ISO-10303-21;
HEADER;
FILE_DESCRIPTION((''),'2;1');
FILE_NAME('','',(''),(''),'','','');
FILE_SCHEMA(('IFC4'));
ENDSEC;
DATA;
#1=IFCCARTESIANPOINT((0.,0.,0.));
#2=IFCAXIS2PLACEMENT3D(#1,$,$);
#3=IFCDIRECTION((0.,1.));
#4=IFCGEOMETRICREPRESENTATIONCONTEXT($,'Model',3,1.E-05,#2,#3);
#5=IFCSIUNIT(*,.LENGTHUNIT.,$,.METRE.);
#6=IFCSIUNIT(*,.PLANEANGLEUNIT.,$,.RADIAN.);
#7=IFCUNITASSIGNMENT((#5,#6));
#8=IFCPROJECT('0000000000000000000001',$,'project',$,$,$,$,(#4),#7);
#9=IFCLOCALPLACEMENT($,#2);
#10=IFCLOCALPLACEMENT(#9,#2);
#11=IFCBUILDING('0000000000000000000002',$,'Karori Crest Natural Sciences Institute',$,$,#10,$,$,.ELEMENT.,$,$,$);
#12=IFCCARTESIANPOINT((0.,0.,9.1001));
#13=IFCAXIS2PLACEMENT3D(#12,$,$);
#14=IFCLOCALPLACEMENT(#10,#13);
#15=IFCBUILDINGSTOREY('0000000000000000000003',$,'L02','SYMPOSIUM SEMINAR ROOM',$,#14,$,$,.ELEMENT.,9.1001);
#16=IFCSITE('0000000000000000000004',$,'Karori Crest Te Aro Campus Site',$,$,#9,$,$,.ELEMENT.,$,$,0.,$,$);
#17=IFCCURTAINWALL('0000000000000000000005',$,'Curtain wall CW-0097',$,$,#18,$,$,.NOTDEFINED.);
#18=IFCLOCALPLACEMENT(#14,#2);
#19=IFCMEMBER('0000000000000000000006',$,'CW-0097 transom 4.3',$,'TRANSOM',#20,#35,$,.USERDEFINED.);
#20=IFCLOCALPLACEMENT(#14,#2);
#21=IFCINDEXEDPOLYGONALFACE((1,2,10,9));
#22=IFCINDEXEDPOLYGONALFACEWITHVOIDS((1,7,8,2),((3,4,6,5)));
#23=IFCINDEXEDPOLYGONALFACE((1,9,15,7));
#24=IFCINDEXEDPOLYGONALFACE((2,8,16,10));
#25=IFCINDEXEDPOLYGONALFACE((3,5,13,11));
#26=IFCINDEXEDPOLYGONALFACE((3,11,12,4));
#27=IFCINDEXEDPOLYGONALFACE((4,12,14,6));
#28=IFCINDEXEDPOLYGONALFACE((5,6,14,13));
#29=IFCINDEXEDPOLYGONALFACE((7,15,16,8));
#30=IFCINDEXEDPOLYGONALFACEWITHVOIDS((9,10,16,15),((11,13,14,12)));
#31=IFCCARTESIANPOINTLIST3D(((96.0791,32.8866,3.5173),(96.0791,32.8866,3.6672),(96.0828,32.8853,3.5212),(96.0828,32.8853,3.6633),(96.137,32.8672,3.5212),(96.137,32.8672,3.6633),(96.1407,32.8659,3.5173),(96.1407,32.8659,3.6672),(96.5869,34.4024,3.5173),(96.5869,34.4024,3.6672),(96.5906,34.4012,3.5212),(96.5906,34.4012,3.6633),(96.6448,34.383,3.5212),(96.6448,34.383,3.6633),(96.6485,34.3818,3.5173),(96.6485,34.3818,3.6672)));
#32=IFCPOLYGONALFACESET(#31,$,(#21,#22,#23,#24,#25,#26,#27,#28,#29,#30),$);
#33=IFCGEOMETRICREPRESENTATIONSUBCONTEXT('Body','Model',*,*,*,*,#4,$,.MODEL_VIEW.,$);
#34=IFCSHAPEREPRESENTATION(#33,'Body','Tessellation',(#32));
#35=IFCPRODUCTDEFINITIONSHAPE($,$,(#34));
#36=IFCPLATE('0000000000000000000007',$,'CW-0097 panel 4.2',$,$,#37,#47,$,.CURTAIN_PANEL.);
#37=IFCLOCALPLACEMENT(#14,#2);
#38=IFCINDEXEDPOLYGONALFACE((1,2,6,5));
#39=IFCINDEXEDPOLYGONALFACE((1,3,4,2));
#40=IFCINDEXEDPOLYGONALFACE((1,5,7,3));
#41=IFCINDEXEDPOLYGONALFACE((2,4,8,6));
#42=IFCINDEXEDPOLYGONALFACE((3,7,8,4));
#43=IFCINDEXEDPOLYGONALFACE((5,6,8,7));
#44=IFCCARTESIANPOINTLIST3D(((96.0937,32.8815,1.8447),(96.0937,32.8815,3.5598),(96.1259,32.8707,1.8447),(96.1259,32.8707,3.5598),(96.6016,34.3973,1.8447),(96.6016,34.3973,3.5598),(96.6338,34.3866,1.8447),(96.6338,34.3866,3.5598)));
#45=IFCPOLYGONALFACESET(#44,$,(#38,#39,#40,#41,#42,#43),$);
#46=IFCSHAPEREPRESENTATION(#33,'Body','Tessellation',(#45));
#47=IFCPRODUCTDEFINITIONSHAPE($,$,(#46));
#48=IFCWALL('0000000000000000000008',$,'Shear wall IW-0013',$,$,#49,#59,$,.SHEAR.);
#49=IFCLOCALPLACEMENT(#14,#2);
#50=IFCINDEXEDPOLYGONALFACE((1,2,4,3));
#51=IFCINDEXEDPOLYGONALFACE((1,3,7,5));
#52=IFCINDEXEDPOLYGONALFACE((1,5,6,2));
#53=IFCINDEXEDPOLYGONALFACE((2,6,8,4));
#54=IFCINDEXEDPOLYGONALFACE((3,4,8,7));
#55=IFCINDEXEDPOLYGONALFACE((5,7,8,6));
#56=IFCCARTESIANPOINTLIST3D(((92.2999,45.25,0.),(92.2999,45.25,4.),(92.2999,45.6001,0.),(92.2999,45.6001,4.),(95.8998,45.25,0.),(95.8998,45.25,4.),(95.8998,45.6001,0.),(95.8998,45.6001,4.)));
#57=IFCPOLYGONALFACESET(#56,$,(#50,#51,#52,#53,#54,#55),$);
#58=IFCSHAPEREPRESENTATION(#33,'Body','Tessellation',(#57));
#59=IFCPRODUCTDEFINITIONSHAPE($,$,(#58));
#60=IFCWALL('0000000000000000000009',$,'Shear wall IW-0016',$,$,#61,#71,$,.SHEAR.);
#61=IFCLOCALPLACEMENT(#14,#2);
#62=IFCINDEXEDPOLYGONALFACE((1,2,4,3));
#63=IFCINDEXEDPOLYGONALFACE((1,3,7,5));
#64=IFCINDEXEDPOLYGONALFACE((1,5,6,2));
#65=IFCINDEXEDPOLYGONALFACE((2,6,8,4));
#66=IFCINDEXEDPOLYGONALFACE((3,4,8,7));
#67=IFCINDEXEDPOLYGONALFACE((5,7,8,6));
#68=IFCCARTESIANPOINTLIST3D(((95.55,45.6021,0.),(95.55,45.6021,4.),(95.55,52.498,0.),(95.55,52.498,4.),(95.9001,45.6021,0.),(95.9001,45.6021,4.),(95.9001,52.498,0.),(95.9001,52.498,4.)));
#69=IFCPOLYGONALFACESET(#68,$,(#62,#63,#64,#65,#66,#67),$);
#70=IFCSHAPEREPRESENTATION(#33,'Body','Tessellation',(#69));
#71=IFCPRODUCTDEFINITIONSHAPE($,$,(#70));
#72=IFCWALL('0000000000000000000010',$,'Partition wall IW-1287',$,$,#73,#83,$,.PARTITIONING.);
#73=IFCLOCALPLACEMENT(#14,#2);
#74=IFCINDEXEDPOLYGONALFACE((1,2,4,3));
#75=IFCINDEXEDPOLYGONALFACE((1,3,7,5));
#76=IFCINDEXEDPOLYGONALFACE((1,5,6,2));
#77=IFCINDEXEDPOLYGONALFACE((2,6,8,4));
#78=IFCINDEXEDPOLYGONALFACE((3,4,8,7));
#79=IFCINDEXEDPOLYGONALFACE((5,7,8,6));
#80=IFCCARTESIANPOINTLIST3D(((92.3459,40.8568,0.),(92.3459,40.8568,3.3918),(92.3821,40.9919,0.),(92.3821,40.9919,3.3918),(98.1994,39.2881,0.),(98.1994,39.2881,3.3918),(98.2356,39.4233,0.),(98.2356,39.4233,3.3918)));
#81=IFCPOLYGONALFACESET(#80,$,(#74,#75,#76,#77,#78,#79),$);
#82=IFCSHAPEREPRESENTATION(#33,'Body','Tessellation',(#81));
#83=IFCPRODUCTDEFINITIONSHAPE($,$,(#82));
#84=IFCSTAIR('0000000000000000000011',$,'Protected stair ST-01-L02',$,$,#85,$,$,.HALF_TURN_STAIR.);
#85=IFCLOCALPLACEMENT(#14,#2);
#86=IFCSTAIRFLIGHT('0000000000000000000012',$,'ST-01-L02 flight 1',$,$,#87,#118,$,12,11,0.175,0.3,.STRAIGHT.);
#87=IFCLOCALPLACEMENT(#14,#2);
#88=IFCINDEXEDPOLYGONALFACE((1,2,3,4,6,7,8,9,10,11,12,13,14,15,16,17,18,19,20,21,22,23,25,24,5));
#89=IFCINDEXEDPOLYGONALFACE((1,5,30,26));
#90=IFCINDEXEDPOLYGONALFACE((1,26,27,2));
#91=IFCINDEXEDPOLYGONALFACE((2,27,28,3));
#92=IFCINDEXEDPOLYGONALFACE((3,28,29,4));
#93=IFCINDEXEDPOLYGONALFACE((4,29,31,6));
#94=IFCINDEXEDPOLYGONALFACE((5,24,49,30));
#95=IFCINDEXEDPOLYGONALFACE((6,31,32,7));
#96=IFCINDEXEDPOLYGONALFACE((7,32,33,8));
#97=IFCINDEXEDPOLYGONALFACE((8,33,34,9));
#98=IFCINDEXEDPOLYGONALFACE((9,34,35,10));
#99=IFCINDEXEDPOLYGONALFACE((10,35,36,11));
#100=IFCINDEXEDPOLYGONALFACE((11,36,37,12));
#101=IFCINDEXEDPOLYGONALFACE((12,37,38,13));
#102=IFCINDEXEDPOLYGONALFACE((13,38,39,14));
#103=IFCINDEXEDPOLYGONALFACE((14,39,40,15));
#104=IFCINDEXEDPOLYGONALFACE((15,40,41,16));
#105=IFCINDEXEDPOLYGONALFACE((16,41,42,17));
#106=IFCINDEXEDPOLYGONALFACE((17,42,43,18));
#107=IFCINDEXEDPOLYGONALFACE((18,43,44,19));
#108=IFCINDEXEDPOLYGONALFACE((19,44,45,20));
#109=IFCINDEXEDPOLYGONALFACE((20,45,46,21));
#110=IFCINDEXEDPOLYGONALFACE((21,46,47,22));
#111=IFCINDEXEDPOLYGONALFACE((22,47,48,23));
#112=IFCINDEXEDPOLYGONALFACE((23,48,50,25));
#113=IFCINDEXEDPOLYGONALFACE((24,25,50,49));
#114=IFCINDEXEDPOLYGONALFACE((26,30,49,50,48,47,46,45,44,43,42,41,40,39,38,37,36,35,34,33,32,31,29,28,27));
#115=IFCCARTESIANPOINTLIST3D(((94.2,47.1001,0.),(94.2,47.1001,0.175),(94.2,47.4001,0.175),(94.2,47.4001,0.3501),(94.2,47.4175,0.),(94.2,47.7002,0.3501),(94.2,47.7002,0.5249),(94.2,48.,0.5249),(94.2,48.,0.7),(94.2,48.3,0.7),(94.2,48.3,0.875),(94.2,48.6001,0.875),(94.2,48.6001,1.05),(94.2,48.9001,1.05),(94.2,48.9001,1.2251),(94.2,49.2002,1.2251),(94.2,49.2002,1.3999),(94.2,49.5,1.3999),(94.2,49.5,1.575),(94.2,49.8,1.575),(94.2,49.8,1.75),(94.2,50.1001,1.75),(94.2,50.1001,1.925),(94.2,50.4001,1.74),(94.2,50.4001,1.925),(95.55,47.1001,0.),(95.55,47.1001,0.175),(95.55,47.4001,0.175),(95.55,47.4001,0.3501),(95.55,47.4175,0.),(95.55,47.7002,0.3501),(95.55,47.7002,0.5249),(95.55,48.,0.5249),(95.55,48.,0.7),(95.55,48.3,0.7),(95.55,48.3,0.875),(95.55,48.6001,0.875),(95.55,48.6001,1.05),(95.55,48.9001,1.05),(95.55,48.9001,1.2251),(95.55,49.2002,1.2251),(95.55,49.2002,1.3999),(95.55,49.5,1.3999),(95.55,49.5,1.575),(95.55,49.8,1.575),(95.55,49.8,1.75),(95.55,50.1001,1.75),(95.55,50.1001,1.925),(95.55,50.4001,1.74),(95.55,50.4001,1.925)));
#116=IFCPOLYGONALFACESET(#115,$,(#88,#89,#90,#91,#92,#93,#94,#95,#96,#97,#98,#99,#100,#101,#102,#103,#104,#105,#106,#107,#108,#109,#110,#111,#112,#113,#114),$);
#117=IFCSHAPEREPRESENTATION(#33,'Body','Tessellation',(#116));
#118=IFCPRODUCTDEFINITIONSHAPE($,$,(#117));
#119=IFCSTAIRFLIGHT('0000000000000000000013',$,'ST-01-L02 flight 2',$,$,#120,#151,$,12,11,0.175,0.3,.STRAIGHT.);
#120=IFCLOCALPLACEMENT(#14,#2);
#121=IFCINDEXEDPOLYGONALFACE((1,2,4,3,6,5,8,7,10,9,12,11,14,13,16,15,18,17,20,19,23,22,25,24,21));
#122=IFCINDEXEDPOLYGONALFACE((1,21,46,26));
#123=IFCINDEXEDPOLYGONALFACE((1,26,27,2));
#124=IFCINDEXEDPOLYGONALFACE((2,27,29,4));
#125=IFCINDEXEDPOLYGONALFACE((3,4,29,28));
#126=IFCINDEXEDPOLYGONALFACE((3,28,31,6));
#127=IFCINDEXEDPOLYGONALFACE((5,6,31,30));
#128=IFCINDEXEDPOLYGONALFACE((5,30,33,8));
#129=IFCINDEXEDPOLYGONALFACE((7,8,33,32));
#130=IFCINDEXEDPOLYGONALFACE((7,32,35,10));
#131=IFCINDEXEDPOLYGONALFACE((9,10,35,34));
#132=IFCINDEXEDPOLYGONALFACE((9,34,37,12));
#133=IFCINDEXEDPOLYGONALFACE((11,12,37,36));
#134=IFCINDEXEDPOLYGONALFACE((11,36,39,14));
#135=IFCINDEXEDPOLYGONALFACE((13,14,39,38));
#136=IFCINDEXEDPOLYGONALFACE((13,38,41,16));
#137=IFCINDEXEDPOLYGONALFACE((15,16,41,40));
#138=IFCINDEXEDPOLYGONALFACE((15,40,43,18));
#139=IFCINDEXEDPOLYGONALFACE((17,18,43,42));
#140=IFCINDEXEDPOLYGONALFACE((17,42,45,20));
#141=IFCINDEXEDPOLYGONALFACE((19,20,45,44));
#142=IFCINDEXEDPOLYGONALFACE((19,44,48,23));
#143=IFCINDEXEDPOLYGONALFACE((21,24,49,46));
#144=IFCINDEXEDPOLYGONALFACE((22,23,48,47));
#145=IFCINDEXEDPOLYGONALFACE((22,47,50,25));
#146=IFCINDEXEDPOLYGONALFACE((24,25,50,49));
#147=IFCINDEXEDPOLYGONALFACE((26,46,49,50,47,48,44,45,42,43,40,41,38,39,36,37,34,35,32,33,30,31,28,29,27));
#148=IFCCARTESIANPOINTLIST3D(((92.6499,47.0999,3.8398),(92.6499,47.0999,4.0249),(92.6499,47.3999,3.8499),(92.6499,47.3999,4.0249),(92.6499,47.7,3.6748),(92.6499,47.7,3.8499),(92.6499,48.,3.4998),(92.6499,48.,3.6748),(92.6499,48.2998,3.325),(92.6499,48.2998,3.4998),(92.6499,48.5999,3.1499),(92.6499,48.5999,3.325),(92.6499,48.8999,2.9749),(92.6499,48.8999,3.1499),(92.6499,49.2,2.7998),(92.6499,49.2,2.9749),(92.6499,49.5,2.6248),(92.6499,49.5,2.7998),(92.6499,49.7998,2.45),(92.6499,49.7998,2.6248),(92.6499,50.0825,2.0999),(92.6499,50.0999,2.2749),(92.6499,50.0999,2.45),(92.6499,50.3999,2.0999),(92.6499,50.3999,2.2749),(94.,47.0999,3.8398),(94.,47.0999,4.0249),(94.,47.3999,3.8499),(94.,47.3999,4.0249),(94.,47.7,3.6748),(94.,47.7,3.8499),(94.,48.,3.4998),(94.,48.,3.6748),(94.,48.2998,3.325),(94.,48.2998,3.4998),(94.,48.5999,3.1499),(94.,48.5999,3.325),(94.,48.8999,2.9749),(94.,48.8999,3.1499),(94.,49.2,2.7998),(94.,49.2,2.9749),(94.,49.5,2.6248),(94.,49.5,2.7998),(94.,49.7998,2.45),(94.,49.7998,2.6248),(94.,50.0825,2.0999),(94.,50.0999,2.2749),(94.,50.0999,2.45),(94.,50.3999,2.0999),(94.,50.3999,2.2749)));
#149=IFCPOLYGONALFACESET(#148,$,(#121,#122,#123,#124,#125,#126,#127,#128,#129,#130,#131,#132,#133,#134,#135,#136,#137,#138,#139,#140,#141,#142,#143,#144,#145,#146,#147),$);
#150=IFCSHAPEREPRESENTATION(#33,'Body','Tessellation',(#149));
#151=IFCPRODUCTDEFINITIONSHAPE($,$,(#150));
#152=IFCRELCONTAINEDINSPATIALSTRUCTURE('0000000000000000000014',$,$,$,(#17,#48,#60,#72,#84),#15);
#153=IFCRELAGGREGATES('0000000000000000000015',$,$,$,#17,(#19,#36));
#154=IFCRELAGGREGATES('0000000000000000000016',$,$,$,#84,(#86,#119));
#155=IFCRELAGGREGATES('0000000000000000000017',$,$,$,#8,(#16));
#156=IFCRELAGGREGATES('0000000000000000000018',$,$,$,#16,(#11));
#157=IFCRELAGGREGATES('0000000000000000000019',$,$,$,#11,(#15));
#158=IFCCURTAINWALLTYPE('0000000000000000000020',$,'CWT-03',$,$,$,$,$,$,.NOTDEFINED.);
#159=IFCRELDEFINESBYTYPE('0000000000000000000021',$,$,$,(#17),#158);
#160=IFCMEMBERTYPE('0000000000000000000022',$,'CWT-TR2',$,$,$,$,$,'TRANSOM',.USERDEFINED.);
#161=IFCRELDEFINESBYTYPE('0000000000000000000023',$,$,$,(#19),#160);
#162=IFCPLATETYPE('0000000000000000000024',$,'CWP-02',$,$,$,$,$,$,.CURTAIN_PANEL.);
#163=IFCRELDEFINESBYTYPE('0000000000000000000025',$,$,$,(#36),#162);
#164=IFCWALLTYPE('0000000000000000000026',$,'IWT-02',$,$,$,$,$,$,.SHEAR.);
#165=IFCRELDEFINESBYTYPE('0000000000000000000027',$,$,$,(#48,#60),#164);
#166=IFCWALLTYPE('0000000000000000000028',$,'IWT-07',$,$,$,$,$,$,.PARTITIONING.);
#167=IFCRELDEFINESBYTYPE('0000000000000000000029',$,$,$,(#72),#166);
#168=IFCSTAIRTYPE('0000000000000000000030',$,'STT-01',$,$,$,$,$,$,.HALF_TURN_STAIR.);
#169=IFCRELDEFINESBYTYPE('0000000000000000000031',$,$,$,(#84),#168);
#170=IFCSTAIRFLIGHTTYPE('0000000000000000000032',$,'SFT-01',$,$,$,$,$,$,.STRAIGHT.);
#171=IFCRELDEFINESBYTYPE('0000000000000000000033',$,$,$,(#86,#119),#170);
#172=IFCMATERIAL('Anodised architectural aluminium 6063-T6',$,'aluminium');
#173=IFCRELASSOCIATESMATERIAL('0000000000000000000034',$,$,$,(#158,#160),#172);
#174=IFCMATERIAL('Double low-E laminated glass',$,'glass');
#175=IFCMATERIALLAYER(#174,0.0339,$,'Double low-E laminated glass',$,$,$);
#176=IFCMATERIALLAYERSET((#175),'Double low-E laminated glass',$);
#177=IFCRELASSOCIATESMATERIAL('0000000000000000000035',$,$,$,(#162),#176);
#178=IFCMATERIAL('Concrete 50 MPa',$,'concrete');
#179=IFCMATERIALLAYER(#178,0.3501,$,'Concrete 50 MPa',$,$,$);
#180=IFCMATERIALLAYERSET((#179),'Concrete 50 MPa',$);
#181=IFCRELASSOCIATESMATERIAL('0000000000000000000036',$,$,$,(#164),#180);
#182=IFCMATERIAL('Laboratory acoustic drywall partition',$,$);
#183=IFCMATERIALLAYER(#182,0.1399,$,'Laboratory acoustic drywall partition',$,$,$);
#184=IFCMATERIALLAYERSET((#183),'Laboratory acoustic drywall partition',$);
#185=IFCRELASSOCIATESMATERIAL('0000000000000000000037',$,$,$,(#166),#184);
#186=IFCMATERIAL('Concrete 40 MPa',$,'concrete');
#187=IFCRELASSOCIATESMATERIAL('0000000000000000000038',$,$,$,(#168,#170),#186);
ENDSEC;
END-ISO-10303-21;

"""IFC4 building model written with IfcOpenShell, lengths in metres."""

from ifc_helpers import new_model, si_unit, direction, frame, frame_2d, origin, origin_2d, place, context, subcontext, project, spatial, polyline, rectangle, hollow_rectangle, outline, extrude, material, layer, layer_set, material_profile, profile_set, type_object, element, aggregate, save


model = new_model("IFC4")

# Units and contexts
model_context = context("Model", 3, precision=1e-05, world=origin(), true_north=direction((0.0, 1.0)))
body_context = subcontext(model_context, "Body", "Model", "MODEL_VIEW")
ifc_project = project(units=[si_unit("LENGTHUNIT", "METRE"), si_unit("PLANEANGLEUNIT", "RADIAN")], contexts=[model_context])

# Site, building, storey
site_placement = place(None, origin())
site = spatial("IfcSite", under=ifc_project, at=site_placement, Name="Karori Crest Te Aro Campus Site", CompositionType="ELEMENT", RefElevation=0.0)
building_placement = place(site_placement, origin())
building = spatial("IfcBuilding", under=site, at=building_placement, Name="Karori Crest Natural Sciences Institute", CompositionType="ELEMENT")
storey_placement = place(building_placement, frame((0.0, 0.0, 9.1001)))
storey = spatial("IfcBuildingStorey", under=building, at=storey_placement, Name="L02", Description="SYMPOSIUM SEMINAR ROOM", CompositionType="ELEMENT", Elevation=9.1001)

# Shared definitions
ifc_material_1 = material(Name="Anodised architectural aluminium 6063-T6", Category="aluminium")

# Curtain wall, member, plate
curtain_wall_type_1 = type_object("IfcCurtainWallType", Name="CWT-03", PredefinedType="NOTDEFINED", material=ifc_material_1)
curtain_wall_1_placement = place(storey_placement, origin())
curtain_wall_1 = element("IfcCurtainWall", 1, at=curtain_wall_1_placement, inside=storey, type_object=curtain_wall_type_1, Name="Curtain wall CW-0097", PredefinedType="NOTDEFINED")
ifc_material_profile_1 = material_profile(ifc_material_1, hollow_rectangle(XDim=0.0649, YDim=0.1499, WallThickness=0.0039, at=origin_2d()), Name="CWT150x65x4")
ifc_profile_set_1 = profile_set([ifc_material_profile_1], Name="Anodised architectural aluminium 6063-T6")
member_type_1 = type_object("IfcMemberType", Name="CWT-TR2", ElementType="TRANSOM", PredefinedType="USERDEFINED", material=ifc_profile_set_1)
member_1_placement = place(storey_placement, frame((96.6177, 34.3921, 3.5923), z_axis=(-0.317648, -0.948209, 0.0), x_axis=(0.948209, -0.317648, 0.0)))
member_1 = element("IfcMember", 2, at=member_1_placement, type_object=member_type_1, Name="CW-0097 transom 4.3", ObjectType="TRANSOM", PredefinedType="USERDEFINED", context=body_context, shape_type="SweptSolid", body=[
    extrude(hollow_rectangle(XDim=0.0649, YDim=0.1499, WallThickness=0.0039, at=origin_2d()), origin(), (0.0, 0.0, 1.0), 1.5986),
])
ifc_material_2 = material(Name="Double low-E laminated glass", Category="glass")
ifc_layer_1 = layer(ifc_material_2, 0.0339, Name="Double low-E laminated glass")
ifc_layer_set_1 = layer_set([ifc_layer_1], Name="Double low-E laminated glass")
plate_type = type_object("IfcPlateType", Name="CWP-02", PredefinedType="CURTAIN_PANEL", material=ifc_layer_set_1)
plate_placement = place(storey_placement, frame((96.3638, 33.634, 1.8447), z_axis=(0.0, 0.0, 1.0), x_axis=(-0.317685, -0.948196, 0.0)))
plate = element("IfcPlate", 3, at=plate_placement, type_object=plate_type, Name="CW-0097 panel 4.2", PredefinedType="CURTAIN_PANEL", context=body_context, shape_type="SweptSolid", body=[
    extrude(rectangle(XDim=1.5986, YDim=0.0339, at=origin_2d()), origin(), (0.0, 0.0, 1.0), 1.7151),
])
aggregate(curtain_wall_1, [member_1, plate])

# Wall
ifc_material_3 = material(Name="Concrete 50 MPa", Category="concrete")
ifc_layer_2 = layer(ifc_material_3, 0.3501, Name="Concrete 50 MPa")
ifc_layer_set_2 = layer_set([ifc_layer_2], Name="Concrete 50 MPa")
wall_type_1 = type_object("IfcWallType", Name="IWT-02", PredefinedType="SHEAR", material=ifc_layer_set_2)
wall_1_placement = place(storey_placement, frame((92.3, 45.425, 0.0), z_axis=(0.0, 0.0, 1.0), x_axis=(1.0, 0.0, 0.0)))
element("IfcWall", 4, at=wall_1_placement, inside=storey, type_object=wall_type_1, Name="Shear wall IW-0013", PredefinedType="SHEAR", context=body_context, shape_type="SweptSolid", body=[
    extrude(rectangle(XDim=3.5999, YDim=0.3501, at=frame_2d((1.7998, 0.0))), origin(), (0.0, 0.0, 1.0), 4.0),
])

# Walls
wall_2_placement = place(storey_placement, frame((95.7251, 45.6021, 0.0), z_axis=(0.0, 0.0, 1.0), x_axis=(0.0, 1.0, 0.0)))
element("IfcWall", 5, at=wall_2_placement, inside=storey, type_object=wall_type_1, Name="Shear wall IW-0016", PredefinedType="SHEAR", context=body_context, shape_type="SweptSolid", body=[
    extrude(rectangle(XDim=6.896, YDim=0.3501, at=frame_2d((3.448, 0.0))), origin(), (0.0, 0.0, 1.0), 4.0),
])
ifc_material_4 = material(Name="Laboratory acoustic drywall partition")
ifc_layer_3 = layer(ifc_material_4, 0.1399, Name="Laboratory acoustic drywall partition")
ifc_layer_set_3 = layer_set([ifc_layer_3], Name="Laboratory acoustic drywall partition")
wall_type_2 = type_object("IfcWallType", Name="IWT-07", PredefinedType="PARTITIONING", material=ifc_layer_set_3)
wall_3_placement = place(storey_placement, frame((92.364, 40.9243, 0.0), z_axis=(0.0, 0.0, 1.0), x_axis=(0.965919, -0.258843, 0.0)))
element("IfcWall", 6, at=wall_3_placement, inside=storey, type_object=wall_type_2, Name="Partition wall IW-1287", PredefinedType="PARTITIONING", context=body_context, shape_type="SweptSolid", body=[
    extrude(rectangle(XDim=6.0601, YDim=0.1399, at=frame_2d((3.03, 0.0))), origin(), (0.0, 0.0, 1.0), 3.3918),
])

# Stair, stair flights
ifc_material_5 = material(Name="Concrete 40 MPa", Category="concrete")
stair_type = type_object("IfcStairType", Name="STT-01", PredefinedType="HALF_TURN_STAIR", material=ifc_material_5)
stair_placement = place(storey_placement, origin())
stair = element("IfcStair", 7, at=stair_placement, inside=storey, type_object=stair_type, Name="Protected stair ST-01-L02", PredefinedType="HALF_TURN_STAIR")
stair_flight_type = type_object("IfcStairFlightType", Name="SFT-01", PredefinedType="STRAIGHT", material=ifc_material_5)
stair_flight_1_placement = place(storey_placement, frame((94.875, 47.1001, 0.0), z_axis=(0.0, 0.0, 1.0), x_axis=(0.0, 1.0, 0.0)))
stair_flight_1 = element("IfcStairFlight", 8, at=stair_flight_1_placement, type_object=stair_flight_type, Name="ST-01-L02 flight 1", NumberOfRisers=12, NumberOfTreads=11, PredefinedType="STRAIGHT", RiserHeight=0.175, TreadLength=0.3, context=body_context, shape_type="SweptSolid", body=[
    extrude(outline(polyline([(0.0, 0.0), (0.0, 0.175), (0.3, 0.175), (0.3, 0.3501), (0.6001, 0.3501), (0.6001, 0.5249), (0.8999, 0.5249), (0.8999, 0.7), (1.2, 0.7), (1.2, 0.875), (1.5, 0.875), (1.5, 1.05), (1.8, 1.05), (1.8, 1.2251), (2.1001, 1.2251), (2.1001, 1.3999), (2.3999, 1.3999), (2.3999, 1.575), (2.7, 1.575), (2.7, 1.75), (3.0, 1.75), (3.0, 1.925), (3.3, 1.925), (3.3, 2.1001), (3.3, 1.74), (0.3174, 0.0), (0.0, 0.0)])), frame((0.0, 0.675, 0.0), z_axis=(0.0, -1.0, 0.0), x_axis=(1.0, 0.0, 0.0)), (0.0, 0.0, 1.0), 1.3501),
])
stair_flight_2_placement = place(storey_placement, frame((93.325, 50.3999, 2.0999), z_axis=(0.0, 0.0, 1.0), x_axis=(0.0, -1.0, 0.0)))
stair_flight_2 = element("IfcStairFlight", 9, at=stair_flight_2_placement, type_object=stair_flight_type, Name="ST-01-L02 flight 2", NumberOfRisers=12, NumberOfTreads=11, PredefinedType="STRAIGHT", RiserHeight=0.175, TreadLength=0.3, context=body_context, shape_type="SweptSolid", body=[
    extrude(outline(polyline([(0.0, 0.0), (0.0, 0.175), (0.3, 0.175), (0.3, 0.3501), (0.6001, 0.3501), (0.6001, 0.5249), (0.8999, 0.5249), (0.8999, 0.7), (1.2, 0.7), (1.2, 0.875), (1.5, 0.875), (1.5, 1.05), (1.8, 1.05), (1.8, 1.2251), (2.1001, 1.2251), (2.1001, 1.3999), (2.3999, 1.3999), (2.3999, 1.575), (2.7, 1.575), (2.7, 1.75), (3.0, 1.75), (3.0, 1.925), (3.3, 1.925), (3.3, 2.1001), (3.3, 1.74), (0.3174, 0.0), (0.0, 0.0)])), frame((0.0, 0.675, 0.0), z_axis=(0.0, -1.0, 0.0), x_axis=(1.0, 0.0, 0.0)), (0.0, 0.0, 1.0), 1.3501),
])
aggregate(stair, [stair_flight_1, stair_flight_2])

save(model, "model.ifc")
